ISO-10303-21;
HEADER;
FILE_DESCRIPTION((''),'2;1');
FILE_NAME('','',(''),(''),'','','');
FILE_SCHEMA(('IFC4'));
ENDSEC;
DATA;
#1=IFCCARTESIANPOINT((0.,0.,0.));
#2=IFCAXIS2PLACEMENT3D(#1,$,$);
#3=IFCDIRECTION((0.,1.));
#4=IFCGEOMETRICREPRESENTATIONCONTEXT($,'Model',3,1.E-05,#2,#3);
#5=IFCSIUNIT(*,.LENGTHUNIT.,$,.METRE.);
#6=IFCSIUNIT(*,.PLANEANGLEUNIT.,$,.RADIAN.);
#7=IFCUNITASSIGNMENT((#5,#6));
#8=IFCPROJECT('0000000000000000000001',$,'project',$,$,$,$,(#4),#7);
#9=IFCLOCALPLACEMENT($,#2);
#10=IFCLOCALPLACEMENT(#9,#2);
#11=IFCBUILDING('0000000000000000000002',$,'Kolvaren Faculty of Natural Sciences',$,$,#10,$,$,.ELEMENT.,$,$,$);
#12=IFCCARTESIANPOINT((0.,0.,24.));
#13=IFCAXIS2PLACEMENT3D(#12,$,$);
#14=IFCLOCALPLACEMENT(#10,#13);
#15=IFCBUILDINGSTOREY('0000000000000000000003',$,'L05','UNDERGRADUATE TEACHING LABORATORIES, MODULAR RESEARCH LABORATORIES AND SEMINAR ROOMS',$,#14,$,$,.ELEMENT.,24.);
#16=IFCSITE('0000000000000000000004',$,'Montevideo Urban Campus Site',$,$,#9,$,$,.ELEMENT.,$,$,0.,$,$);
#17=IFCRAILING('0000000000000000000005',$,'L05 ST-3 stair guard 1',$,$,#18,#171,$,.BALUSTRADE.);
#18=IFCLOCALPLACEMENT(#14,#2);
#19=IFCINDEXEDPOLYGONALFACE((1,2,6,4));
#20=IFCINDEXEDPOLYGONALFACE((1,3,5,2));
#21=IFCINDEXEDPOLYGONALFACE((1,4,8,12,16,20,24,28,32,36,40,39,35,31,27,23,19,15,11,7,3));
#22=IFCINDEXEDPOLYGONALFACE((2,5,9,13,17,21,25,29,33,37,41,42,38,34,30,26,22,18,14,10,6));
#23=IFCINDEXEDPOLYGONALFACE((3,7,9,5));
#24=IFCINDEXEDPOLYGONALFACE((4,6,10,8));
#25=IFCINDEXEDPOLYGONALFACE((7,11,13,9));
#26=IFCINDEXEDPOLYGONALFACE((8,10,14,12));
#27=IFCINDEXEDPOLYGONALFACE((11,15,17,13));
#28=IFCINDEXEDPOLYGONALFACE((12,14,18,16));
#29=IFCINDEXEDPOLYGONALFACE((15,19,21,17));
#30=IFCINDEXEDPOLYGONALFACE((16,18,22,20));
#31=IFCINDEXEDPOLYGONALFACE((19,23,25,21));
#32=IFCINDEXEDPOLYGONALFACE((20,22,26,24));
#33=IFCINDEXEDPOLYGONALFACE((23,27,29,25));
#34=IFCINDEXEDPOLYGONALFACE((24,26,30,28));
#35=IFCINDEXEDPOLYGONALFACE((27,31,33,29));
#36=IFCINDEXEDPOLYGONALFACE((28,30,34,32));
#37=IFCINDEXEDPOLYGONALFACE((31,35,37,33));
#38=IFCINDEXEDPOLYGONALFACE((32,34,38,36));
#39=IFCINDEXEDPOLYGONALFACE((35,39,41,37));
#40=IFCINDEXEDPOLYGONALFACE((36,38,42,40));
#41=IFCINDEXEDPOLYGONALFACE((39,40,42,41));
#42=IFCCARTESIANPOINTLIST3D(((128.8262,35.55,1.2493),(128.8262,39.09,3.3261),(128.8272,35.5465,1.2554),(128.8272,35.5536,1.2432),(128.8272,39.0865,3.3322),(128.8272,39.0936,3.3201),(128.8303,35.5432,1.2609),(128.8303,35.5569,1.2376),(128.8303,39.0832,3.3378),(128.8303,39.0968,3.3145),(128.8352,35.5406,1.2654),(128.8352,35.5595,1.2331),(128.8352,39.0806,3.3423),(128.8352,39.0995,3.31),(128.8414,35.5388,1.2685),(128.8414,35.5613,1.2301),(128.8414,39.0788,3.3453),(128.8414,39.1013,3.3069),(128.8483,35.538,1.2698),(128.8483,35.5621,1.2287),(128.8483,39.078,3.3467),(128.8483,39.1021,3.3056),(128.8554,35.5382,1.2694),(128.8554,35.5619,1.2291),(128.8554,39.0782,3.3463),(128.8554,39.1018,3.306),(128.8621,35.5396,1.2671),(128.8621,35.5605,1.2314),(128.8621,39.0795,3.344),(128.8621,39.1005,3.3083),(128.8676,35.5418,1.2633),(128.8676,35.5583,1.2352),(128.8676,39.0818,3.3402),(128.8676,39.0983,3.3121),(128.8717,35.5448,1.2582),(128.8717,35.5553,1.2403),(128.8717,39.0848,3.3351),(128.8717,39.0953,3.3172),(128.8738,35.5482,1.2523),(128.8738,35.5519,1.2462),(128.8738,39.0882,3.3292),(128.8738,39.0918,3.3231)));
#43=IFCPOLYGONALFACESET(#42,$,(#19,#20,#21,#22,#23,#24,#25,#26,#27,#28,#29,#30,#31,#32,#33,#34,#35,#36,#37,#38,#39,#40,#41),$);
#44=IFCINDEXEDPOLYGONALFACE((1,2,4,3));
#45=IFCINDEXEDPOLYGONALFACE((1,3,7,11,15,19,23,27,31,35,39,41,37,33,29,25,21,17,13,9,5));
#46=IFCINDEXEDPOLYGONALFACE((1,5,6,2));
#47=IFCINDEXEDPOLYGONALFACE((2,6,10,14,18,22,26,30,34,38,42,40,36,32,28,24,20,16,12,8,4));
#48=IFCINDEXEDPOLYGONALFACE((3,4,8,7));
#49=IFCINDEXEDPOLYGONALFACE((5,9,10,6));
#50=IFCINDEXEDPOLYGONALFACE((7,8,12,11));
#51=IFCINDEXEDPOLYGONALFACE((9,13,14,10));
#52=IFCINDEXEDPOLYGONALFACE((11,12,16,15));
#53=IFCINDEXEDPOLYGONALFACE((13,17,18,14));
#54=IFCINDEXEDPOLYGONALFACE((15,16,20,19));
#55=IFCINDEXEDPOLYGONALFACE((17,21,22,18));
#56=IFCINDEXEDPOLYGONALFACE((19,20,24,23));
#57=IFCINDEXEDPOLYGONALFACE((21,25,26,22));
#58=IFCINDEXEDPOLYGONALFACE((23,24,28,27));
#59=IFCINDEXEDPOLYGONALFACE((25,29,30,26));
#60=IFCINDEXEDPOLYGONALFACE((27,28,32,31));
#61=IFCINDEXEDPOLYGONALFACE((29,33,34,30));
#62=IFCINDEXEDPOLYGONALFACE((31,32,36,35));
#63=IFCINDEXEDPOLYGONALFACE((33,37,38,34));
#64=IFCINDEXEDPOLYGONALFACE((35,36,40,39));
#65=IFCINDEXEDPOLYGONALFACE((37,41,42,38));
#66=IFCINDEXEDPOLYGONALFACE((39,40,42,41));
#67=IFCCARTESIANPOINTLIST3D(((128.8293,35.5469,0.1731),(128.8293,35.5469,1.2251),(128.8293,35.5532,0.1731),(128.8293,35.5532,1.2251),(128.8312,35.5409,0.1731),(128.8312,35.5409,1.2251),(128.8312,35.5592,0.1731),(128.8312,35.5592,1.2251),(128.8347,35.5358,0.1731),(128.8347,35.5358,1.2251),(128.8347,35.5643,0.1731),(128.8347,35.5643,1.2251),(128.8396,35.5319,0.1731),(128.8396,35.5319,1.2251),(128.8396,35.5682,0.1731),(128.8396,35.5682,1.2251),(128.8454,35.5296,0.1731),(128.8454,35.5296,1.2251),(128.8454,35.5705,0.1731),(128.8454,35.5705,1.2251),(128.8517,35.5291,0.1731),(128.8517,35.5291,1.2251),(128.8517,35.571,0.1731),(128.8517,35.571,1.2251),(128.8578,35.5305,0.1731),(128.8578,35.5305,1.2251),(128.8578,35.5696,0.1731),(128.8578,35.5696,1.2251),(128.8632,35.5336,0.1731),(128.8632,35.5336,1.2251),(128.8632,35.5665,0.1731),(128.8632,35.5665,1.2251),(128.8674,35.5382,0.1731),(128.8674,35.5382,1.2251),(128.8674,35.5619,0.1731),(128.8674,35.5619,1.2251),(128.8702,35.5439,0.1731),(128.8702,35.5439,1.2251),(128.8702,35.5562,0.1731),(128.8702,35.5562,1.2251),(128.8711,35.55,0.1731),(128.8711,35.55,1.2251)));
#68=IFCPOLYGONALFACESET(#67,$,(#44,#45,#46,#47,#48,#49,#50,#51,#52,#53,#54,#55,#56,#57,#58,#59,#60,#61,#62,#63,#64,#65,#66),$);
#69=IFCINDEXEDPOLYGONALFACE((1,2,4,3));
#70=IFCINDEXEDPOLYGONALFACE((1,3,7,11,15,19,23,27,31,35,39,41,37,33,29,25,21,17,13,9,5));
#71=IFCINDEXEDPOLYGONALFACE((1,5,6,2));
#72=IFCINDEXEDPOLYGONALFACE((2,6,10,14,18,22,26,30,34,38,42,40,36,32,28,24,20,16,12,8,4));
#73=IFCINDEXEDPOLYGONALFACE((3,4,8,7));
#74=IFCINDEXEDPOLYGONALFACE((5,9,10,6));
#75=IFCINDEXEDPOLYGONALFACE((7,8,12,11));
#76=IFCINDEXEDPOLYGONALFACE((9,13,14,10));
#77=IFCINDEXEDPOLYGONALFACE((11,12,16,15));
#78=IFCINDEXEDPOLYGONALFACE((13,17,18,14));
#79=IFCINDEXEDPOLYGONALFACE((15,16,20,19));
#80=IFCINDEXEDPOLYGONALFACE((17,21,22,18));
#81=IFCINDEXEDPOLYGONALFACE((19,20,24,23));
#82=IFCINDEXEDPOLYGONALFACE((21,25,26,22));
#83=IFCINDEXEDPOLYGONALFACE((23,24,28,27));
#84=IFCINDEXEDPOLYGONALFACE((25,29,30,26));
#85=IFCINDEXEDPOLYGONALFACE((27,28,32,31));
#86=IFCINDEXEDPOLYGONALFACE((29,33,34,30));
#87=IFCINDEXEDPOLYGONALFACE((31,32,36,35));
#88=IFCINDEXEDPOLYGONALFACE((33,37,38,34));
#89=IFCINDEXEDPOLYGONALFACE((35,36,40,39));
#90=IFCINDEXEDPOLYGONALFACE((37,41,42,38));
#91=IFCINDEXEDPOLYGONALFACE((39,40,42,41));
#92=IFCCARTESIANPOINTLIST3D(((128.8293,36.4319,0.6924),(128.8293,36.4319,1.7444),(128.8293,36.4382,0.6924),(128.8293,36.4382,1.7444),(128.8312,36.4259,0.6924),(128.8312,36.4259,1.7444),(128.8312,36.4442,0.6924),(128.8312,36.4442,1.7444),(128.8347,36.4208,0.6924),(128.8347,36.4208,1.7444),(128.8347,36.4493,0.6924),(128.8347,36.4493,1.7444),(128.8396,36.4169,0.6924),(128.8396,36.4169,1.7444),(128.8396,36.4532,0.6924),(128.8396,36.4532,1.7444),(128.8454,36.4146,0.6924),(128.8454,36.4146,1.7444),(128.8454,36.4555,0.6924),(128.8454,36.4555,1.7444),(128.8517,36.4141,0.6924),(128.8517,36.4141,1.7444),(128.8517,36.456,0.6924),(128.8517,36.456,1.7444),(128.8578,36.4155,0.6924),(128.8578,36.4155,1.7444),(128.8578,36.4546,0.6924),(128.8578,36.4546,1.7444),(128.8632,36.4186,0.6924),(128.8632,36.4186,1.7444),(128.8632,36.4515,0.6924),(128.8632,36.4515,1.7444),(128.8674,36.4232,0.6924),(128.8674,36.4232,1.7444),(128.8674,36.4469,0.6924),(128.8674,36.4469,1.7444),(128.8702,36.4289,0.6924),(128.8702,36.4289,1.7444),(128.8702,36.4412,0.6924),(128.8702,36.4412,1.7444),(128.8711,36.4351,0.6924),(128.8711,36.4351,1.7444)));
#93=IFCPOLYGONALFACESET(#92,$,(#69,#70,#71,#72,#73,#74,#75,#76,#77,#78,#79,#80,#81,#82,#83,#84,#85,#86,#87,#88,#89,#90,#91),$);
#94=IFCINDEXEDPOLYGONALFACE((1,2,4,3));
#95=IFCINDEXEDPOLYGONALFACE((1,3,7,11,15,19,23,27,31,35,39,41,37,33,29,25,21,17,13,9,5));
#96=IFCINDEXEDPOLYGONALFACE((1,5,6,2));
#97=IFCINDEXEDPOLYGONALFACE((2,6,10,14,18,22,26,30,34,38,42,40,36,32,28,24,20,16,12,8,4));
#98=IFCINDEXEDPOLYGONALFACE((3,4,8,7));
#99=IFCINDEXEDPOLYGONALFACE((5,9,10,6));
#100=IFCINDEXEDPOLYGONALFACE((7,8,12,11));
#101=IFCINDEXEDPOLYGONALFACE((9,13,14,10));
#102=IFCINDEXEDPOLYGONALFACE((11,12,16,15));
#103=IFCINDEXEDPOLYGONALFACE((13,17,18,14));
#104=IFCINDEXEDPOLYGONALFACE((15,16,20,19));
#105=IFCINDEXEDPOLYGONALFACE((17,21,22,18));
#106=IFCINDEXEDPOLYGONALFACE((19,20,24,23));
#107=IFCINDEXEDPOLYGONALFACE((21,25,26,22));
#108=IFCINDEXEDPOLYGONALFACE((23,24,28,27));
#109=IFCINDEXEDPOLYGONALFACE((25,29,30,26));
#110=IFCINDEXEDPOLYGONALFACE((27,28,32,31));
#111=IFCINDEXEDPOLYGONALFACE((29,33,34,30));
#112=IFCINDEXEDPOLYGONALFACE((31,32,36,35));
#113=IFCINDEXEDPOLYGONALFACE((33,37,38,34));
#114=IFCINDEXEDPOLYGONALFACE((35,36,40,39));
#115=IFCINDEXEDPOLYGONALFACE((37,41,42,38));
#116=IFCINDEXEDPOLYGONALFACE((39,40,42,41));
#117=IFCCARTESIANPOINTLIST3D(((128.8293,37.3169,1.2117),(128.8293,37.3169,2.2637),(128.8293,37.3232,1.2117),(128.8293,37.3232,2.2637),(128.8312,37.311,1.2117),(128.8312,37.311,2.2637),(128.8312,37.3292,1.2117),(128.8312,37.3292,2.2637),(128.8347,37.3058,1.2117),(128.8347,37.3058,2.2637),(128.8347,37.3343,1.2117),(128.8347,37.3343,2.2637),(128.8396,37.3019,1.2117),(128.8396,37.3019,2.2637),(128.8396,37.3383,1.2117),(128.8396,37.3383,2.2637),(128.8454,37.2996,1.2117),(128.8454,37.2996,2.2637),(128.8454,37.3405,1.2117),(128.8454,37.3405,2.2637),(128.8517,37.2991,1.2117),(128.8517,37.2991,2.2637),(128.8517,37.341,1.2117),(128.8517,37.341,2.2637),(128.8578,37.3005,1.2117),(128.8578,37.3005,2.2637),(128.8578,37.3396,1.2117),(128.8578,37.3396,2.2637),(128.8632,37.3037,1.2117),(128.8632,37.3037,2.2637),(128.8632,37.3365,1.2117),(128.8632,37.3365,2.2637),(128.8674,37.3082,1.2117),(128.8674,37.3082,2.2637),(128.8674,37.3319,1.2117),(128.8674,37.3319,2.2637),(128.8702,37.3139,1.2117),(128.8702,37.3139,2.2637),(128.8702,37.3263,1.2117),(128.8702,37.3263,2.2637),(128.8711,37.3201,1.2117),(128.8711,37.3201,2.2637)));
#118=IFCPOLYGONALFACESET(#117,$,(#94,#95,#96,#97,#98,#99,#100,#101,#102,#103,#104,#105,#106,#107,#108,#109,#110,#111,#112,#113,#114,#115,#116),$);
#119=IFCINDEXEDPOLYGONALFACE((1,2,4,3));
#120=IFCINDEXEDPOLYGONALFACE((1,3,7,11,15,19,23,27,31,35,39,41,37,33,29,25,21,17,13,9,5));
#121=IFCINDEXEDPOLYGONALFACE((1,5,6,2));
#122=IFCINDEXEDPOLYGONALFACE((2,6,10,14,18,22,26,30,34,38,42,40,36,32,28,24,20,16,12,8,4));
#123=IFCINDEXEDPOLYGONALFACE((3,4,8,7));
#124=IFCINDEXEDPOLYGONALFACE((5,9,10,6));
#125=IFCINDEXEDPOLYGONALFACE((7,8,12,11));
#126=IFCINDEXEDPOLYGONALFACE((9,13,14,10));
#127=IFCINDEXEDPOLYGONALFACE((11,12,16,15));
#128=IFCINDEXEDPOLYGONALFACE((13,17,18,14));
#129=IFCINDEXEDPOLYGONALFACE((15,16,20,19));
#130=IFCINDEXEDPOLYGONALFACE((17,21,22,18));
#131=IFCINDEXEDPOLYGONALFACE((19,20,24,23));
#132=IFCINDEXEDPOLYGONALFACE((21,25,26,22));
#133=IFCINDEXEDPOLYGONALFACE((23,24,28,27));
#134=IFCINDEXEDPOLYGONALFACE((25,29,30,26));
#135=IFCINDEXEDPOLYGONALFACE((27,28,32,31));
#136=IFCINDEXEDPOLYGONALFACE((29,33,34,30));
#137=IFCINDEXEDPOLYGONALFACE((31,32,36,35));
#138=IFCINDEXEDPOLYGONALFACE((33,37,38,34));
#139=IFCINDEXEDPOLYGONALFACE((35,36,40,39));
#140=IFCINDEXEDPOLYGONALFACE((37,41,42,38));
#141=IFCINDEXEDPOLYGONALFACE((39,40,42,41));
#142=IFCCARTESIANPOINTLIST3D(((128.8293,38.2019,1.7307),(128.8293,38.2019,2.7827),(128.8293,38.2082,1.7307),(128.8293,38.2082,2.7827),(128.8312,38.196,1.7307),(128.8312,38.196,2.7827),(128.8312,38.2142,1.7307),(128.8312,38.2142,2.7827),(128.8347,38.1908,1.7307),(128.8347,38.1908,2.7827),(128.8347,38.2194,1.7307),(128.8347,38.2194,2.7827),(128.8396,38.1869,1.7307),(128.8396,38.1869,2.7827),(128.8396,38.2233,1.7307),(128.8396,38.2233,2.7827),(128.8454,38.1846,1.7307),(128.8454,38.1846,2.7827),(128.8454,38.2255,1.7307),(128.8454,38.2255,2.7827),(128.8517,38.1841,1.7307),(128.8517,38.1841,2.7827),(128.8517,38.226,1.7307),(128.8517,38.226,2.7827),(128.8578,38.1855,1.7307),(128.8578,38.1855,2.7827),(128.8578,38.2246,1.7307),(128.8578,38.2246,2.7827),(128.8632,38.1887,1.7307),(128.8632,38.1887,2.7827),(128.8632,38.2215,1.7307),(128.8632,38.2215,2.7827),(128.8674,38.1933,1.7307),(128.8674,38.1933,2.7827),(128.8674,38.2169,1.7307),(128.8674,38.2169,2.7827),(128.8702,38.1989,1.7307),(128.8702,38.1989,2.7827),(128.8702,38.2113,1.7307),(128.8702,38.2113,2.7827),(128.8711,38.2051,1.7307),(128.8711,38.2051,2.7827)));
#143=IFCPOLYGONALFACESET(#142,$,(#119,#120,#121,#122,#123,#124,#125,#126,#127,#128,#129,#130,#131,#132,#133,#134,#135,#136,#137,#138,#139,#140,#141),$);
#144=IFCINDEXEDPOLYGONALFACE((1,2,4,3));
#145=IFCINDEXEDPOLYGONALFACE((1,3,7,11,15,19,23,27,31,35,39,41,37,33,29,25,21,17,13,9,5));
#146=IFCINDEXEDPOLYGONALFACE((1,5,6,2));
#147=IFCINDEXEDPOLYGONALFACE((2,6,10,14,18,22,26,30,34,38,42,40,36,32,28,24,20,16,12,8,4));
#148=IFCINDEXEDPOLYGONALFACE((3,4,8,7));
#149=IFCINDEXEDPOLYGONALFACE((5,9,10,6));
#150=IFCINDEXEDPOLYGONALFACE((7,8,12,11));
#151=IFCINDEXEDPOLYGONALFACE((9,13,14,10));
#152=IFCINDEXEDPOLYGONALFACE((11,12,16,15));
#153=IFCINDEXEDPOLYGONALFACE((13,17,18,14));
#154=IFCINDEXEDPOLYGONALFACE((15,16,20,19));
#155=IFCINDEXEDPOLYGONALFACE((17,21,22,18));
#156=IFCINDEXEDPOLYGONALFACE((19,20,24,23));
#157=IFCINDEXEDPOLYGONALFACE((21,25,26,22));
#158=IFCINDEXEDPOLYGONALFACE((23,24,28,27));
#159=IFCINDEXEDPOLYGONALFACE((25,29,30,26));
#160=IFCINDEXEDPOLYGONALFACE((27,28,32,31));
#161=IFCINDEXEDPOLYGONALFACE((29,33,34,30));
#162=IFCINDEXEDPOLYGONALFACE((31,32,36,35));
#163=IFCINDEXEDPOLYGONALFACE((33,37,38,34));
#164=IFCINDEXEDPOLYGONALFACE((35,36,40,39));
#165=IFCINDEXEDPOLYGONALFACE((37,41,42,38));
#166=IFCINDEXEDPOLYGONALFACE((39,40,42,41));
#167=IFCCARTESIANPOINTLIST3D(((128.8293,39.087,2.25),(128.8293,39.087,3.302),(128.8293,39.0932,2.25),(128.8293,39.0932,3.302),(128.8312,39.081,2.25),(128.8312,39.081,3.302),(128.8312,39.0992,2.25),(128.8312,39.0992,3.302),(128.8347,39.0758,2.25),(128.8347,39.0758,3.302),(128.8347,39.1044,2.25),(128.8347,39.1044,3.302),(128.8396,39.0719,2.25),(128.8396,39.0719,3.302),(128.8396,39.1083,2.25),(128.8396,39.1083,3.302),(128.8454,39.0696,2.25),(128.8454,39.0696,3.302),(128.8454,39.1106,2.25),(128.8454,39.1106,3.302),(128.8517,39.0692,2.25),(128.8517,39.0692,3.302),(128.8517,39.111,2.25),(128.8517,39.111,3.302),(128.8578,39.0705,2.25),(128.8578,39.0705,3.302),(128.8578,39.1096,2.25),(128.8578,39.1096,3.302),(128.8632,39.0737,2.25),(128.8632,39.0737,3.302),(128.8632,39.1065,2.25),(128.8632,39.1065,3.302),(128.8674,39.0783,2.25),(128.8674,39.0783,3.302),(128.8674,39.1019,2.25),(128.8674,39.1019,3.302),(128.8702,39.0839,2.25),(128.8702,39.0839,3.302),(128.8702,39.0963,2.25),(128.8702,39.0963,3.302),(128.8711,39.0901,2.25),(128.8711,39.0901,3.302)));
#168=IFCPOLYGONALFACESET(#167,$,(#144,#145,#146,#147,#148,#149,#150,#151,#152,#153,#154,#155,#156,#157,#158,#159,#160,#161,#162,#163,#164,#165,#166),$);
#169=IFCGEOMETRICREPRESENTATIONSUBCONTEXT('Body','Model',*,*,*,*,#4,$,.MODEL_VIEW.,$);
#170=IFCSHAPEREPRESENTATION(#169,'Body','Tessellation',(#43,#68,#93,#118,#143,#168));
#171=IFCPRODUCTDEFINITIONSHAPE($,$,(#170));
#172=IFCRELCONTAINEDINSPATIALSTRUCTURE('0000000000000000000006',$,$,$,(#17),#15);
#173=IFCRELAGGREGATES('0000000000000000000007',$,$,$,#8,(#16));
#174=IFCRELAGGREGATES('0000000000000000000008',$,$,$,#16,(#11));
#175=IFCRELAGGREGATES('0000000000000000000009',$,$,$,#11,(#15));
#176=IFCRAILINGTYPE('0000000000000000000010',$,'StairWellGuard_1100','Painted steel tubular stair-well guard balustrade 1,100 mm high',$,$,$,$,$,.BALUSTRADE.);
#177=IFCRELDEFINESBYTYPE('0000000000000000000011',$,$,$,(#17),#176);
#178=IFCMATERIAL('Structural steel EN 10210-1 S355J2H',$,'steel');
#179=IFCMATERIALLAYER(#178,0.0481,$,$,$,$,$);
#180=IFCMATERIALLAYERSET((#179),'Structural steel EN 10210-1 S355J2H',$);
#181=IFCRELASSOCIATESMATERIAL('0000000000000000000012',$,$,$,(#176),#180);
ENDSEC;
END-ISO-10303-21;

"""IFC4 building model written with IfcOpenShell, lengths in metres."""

from ifc_helpers import new_model, si_unit, direction, frame, origin, origin_2d, place, context, subcontext, project, spatial, circle, extrude, material, layer, layer_set, type_object, element, save


model = new_model("IFC4")

# Units and contexts
model_context = context("Model", 3, precision=1e-05, world=origin(), true_north=direction((0.0, 1.0)))
body_context = subcontext(model_context, "Body", "Model", "MODEL_VIEW")
ifc_project = project(units=[si_unit("LENGTHUNIT", "METRE"), si_unit("PLANEANGLEUNIT", "RADIAN")], contexts=[model_context])

# Site, building, storey
site_placement = place(None, origin())
site = spatial("IfcSite", under=ifc_project, at=site_placement, Name="Montevideo Urban Campus Site", CompositionType="ELEMENT", RefElevation=0.0)
building_placement = place(site_placement, origin())
building = spatial("IfcBuilding", under=site, at=building_placement, Name="Kolvaren Faculty of Natural Sciences", CompositionType="ELEMENT")
storey_placement = place(building_placement, frame((0.0, 0.0, 24.0)))
storey = spatial("IfcBuildingStorey", under=building, at=storey_placement, Name="L05", Description="UNDERGRADUATE TEACHING LABORATORIES, MODULAR RESEARCH LABORATORIES AND SEMINAR ROOMS", CompositionType="ELEMENT", Elevation=24.0)

# Railing
ifc_material_1 = material(Name="Structural steel EN 10210-1 S355J2H", Category="steel")
ifc_layer_1 = layer(ifc_material_1, 0.0481)
ifc_layer_set_1 = layer_set([ifc_layer_1], Name="Structural steel EN 10210-1 S355J2H")
railing_type_1 = type_object("IfcRailingType", Name="StairWellGuard_1100", Description="Painted steel tubular stair-well guard balustrade 1,100 mm high", PredefinedType="BALUSTRADE", material=ifc_layer_set_1)
railing_1_placement = place(storey_placement, frame((128.8501, 35.55, 0.1731)))
element("IfcRailing", 1, at=railing_1_placement, inside=storey, type_object=railing_type_1, Name="L05 ST-3 stair guard 1", PredefinedType="BALUSTRADE", context=body_context, shape_type="SweptSolid", body=[
    extrude(circle(Radius=0.0239, at=origin_2d()), frame((0.0, 0.0, 1.0762), z_axis=(0.0, 0.862516, 0.506029), x_axis=(-1.0, 0.0, 0.0)), (0.0, 0.0, 1.0), 4.1042),
    extrude(circle(Radius=0.021, at=origin_2d()), origin(), (0.0, 0.0, 1.0), 1.052),
    extrude(circle(Radius=0.021, at=origin_2d()), frame((0.0, 0.885, 0.5193)), (0.0, 0.0, 1.0), 1.052),
    extrude(circle(Radius=0.021, at=origin_2d()), frame((0.0, 1.77, 1.0386)), (0.0, 0.0, 1.0), 1.052),
    extrude(circle(Radius=0.021, at=origin_2d()), frame((0.0, 2.655, 1.5576)), (0.0, 0.0, 1.0), 1.052),
    extrude(circle(Radius=0.021, at=origin_2d()), frame((0.0, 3.54, 2.0769)), (0.0, 0.0, 1.0), 1.052),
])

save(model, "model.ifc")
